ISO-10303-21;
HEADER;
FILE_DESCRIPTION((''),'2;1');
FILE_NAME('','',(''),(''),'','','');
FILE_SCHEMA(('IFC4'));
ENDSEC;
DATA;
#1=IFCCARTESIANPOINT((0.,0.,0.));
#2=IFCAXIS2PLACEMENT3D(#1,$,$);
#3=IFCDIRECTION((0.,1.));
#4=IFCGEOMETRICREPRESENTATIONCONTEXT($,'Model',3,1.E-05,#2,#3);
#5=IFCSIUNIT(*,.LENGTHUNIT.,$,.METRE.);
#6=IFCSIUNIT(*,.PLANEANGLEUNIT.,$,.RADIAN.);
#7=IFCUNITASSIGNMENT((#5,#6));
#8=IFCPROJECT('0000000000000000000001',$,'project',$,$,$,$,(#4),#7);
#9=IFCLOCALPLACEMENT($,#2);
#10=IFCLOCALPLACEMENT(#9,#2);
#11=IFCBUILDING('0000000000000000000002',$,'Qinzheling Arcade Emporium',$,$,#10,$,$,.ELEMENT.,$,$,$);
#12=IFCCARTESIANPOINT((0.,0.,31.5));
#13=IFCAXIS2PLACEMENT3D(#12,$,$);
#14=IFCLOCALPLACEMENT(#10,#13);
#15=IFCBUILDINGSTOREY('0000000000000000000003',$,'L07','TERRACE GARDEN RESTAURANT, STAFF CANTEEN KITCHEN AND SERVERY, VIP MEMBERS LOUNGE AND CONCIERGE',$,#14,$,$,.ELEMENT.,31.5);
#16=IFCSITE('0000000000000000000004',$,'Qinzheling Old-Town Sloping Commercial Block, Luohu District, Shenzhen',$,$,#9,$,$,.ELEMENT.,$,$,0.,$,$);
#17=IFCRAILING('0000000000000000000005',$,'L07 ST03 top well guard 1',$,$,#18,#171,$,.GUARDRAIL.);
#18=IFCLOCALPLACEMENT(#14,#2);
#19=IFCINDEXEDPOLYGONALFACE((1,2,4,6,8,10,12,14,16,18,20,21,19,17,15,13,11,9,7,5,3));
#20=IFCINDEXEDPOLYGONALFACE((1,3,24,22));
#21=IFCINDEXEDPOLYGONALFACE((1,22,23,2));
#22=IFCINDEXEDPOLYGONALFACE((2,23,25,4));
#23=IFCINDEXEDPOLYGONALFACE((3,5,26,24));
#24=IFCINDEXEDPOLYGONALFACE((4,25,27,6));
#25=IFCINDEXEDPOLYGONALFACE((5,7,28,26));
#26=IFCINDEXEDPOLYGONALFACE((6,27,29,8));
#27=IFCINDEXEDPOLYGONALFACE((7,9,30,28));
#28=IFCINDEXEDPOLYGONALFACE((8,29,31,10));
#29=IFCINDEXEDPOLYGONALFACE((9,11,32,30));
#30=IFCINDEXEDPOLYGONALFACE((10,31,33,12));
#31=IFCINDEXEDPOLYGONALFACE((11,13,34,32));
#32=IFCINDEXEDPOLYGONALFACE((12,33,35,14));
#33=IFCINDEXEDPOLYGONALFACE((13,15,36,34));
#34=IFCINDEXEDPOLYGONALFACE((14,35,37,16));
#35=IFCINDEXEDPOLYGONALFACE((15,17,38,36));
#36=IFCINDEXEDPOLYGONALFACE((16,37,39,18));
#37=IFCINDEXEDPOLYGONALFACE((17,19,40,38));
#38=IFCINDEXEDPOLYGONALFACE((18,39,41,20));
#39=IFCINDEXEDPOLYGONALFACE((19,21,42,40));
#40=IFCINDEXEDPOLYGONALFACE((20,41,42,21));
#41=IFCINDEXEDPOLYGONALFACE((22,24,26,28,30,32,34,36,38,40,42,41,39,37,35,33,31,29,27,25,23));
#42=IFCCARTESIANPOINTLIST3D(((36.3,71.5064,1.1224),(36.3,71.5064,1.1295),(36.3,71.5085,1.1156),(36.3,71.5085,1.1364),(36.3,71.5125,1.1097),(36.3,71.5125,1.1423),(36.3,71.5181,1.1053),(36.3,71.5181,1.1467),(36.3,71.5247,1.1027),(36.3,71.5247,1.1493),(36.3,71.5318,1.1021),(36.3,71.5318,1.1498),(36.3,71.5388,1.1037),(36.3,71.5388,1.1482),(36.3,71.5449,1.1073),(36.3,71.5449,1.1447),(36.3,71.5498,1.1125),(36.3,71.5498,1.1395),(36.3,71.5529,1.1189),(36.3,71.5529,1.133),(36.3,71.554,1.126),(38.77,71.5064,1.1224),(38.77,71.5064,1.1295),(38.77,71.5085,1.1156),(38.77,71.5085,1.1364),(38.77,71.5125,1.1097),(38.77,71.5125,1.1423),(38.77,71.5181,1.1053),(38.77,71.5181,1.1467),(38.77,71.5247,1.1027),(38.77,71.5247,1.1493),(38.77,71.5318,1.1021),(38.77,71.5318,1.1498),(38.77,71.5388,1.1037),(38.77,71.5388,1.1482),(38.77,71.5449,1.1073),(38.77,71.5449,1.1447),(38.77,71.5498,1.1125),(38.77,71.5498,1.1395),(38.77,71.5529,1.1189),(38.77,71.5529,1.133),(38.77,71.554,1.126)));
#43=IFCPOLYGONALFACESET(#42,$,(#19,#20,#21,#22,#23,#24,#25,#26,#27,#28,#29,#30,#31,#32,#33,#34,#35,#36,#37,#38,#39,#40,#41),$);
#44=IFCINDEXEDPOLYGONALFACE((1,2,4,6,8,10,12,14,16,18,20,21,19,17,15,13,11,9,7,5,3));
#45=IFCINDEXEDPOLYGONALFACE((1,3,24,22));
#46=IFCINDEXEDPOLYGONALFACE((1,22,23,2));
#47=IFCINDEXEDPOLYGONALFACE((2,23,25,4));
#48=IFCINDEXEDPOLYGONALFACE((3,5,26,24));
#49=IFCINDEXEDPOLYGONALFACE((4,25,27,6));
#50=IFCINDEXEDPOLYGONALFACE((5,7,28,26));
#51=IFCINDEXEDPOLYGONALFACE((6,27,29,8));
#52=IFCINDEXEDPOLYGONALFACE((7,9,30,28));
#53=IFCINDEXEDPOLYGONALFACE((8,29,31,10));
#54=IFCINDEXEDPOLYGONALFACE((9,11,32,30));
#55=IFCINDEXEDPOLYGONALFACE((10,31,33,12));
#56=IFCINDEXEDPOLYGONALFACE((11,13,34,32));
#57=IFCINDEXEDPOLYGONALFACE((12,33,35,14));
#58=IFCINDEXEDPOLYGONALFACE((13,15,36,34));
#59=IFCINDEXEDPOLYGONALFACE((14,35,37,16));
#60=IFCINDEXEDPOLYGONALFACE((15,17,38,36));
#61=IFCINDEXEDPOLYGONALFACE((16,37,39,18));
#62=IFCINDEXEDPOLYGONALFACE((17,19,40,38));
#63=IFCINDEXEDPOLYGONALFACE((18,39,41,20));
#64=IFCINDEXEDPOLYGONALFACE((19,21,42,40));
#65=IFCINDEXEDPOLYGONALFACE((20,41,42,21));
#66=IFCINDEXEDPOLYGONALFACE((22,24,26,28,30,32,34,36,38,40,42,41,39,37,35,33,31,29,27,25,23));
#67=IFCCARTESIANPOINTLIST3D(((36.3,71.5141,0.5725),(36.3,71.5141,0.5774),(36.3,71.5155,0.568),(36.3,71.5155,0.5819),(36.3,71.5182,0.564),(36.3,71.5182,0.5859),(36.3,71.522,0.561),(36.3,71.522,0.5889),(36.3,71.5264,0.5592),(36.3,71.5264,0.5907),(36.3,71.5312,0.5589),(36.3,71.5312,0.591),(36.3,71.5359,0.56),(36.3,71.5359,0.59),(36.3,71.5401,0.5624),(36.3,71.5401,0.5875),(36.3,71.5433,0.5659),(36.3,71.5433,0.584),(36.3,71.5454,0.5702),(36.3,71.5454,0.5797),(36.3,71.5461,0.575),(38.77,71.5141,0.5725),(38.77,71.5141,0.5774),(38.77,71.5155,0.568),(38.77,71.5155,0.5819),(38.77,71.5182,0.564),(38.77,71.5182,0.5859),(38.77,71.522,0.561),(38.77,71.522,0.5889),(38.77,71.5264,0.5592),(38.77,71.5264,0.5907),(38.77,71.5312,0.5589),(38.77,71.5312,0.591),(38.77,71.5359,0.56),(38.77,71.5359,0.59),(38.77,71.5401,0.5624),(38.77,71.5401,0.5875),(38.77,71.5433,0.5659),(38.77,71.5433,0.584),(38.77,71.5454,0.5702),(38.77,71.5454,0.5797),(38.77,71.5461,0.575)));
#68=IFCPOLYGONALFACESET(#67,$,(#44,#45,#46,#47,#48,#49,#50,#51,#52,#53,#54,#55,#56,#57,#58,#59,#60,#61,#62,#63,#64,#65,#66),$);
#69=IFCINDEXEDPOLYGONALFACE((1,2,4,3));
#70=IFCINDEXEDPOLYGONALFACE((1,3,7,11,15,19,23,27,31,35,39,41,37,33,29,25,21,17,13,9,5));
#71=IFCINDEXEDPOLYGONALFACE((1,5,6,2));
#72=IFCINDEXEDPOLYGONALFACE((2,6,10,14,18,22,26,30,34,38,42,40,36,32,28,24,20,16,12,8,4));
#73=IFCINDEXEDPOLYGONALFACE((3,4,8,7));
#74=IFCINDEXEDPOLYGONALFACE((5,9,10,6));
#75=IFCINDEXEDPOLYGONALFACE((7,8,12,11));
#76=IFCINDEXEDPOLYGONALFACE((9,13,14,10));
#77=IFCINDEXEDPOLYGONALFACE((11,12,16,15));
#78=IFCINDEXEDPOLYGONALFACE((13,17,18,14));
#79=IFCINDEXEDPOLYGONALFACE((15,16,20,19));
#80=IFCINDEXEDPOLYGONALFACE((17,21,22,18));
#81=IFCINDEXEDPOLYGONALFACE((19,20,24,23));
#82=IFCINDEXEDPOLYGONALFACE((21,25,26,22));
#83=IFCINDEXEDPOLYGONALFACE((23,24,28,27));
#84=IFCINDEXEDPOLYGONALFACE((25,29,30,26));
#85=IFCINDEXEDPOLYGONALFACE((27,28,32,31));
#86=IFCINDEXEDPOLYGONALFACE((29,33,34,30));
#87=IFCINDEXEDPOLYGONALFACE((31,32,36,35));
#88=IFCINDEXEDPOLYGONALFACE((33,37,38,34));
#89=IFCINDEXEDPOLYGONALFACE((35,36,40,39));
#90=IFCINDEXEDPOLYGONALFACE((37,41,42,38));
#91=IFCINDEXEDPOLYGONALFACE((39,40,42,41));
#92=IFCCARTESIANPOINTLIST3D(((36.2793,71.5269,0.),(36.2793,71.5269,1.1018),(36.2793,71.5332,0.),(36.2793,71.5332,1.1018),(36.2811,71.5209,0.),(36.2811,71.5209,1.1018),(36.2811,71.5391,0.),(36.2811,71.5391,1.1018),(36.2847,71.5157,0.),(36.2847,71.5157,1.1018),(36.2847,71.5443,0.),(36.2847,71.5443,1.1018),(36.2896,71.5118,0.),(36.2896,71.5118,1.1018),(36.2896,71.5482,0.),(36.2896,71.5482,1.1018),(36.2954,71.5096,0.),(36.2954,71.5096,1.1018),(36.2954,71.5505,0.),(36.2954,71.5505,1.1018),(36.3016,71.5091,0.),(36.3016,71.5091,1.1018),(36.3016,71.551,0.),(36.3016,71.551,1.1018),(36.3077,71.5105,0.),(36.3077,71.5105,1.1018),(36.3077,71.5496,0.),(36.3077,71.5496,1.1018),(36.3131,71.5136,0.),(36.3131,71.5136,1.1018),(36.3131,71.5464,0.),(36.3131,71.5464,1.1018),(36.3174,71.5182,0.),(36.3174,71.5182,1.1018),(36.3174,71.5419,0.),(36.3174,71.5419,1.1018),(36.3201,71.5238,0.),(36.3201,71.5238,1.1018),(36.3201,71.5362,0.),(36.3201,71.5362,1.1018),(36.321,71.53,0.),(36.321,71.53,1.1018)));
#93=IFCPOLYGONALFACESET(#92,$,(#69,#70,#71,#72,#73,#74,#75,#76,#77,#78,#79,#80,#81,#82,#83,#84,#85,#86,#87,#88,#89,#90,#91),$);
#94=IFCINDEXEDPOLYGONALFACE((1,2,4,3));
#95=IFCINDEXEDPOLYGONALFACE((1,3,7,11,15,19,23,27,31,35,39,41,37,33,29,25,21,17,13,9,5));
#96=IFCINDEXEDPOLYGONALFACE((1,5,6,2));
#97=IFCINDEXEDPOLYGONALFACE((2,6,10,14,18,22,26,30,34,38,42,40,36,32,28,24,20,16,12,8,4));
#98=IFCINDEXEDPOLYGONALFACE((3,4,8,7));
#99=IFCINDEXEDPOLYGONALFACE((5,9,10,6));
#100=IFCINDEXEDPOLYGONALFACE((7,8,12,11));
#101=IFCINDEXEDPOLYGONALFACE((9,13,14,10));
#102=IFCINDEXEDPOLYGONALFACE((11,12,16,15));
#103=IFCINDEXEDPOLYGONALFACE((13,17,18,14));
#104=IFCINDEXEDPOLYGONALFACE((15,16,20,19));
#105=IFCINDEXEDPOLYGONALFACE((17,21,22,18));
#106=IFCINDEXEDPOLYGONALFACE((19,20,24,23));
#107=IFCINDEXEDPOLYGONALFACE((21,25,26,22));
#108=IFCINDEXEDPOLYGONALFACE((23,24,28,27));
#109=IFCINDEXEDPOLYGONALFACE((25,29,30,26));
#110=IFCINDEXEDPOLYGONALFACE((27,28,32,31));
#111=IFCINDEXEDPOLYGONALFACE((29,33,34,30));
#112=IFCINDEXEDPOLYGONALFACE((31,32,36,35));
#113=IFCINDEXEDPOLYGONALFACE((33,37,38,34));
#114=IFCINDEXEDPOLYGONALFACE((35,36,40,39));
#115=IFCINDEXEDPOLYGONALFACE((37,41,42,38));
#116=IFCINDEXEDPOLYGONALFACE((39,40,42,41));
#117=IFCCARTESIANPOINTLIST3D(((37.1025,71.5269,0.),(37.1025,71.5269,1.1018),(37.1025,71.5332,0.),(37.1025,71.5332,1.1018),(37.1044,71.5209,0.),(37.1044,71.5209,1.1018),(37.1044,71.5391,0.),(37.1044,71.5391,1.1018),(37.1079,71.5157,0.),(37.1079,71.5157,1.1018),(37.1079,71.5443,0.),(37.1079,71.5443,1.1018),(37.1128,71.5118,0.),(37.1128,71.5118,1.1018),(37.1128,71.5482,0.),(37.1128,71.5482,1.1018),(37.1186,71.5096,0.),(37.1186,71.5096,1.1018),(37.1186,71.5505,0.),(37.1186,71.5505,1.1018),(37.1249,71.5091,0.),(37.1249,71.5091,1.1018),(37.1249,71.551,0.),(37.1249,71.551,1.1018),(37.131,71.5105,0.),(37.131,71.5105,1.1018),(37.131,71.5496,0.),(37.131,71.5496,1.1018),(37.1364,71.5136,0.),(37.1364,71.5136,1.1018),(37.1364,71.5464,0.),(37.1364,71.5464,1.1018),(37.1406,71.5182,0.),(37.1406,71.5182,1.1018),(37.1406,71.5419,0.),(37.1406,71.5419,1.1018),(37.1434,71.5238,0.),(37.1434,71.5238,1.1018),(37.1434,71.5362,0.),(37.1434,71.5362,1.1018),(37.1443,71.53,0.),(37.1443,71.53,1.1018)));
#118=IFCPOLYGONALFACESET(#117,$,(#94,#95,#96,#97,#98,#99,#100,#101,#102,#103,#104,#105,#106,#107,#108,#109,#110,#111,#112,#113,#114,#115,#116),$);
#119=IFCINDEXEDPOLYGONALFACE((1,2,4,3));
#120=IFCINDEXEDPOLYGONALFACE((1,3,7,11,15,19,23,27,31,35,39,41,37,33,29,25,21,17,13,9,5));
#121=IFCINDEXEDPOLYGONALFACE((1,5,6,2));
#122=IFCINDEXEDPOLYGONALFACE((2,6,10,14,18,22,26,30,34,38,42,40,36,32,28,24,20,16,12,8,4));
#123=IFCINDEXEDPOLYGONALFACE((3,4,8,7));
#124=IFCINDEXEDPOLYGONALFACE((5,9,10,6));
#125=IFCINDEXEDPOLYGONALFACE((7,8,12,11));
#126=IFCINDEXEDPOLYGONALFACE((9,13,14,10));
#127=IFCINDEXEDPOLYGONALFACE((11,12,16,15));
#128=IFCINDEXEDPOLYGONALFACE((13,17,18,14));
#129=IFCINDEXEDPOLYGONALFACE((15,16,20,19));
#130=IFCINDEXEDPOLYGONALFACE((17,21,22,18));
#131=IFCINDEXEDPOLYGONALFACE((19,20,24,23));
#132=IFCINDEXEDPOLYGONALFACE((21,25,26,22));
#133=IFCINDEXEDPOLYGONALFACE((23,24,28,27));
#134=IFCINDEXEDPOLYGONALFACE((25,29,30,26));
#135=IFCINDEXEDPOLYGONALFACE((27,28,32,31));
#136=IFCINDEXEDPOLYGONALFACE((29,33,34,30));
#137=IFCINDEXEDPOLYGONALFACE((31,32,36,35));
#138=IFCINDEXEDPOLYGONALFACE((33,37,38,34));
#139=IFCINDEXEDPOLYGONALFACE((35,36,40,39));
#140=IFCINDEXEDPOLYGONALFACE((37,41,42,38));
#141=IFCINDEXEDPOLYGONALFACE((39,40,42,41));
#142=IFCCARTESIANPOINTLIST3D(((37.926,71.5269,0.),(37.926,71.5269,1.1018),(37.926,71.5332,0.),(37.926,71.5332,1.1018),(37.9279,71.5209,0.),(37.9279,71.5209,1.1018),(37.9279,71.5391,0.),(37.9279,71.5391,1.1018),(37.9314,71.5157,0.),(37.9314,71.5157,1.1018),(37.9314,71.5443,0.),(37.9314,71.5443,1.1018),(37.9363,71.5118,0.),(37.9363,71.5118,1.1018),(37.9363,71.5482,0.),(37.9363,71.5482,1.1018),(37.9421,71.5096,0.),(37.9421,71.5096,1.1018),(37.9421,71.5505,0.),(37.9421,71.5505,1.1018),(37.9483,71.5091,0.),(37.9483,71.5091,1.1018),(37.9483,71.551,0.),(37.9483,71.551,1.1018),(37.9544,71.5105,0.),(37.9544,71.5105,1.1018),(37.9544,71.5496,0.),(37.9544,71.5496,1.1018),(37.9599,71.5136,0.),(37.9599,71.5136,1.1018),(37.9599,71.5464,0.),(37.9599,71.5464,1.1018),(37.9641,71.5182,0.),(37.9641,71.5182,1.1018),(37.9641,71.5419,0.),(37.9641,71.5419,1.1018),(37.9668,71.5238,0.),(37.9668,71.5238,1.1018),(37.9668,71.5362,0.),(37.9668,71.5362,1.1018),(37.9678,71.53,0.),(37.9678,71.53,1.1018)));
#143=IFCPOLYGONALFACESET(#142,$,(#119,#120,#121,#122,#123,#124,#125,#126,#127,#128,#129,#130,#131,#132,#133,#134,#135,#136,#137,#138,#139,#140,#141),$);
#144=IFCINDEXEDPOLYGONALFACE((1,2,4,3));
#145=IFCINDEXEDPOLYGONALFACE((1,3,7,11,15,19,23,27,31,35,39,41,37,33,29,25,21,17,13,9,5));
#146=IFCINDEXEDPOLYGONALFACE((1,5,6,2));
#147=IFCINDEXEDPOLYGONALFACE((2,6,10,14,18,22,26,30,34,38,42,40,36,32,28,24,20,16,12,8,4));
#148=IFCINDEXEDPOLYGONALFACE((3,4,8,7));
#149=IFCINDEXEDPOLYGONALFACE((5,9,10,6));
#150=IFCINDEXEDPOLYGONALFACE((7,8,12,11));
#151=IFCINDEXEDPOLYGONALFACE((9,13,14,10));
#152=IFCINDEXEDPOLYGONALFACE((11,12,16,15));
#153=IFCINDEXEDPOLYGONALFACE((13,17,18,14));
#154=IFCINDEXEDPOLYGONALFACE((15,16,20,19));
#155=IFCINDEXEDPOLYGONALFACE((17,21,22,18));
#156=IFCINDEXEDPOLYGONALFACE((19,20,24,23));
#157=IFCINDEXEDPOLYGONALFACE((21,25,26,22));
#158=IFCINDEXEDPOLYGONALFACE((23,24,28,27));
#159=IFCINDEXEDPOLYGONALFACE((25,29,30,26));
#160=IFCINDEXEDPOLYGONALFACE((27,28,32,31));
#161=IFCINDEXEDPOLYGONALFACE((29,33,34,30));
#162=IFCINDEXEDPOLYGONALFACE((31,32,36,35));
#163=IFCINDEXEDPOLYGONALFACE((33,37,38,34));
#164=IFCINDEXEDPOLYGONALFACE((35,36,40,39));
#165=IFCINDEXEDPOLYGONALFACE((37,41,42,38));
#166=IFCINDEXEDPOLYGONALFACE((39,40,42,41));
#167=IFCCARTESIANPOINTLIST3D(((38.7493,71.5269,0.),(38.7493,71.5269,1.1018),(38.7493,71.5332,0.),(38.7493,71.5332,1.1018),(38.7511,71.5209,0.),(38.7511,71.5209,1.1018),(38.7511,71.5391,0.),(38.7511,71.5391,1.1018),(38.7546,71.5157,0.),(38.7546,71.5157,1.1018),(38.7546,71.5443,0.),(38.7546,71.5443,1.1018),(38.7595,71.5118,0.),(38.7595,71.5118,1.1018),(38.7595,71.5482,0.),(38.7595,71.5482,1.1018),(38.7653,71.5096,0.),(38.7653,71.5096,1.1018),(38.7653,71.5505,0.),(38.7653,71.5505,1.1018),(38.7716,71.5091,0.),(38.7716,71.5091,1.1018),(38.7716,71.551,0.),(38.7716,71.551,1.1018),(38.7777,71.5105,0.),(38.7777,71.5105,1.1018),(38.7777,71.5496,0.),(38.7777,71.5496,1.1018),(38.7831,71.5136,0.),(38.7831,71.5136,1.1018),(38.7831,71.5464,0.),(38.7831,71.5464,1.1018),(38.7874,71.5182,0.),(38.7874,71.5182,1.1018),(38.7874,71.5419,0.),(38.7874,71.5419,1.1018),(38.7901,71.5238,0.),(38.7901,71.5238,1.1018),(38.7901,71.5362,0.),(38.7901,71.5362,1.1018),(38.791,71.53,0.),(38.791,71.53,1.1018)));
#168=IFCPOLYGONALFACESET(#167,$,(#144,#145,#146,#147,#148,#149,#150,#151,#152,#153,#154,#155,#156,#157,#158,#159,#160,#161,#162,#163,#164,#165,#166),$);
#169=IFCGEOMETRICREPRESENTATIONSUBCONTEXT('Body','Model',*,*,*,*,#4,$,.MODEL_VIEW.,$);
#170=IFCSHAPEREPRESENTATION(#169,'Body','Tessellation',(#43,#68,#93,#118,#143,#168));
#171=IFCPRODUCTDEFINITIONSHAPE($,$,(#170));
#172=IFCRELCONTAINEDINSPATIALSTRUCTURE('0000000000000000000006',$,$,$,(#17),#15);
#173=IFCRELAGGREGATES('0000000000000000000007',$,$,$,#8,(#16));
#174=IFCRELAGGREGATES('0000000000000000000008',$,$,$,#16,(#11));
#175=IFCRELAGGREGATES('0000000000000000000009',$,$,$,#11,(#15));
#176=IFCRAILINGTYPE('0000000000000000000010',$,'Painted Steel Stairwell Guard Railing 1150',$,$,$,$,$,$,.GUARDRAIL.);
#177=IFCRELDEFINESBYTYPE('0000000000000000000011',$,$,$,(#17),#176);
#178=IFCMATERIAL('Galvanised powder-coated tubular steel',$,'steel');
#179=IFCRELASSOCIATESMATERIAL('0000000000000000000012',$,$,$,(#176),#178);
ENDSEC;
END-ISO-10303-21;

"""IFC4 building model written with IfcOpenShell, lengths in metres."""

from ifc_helpers import new_model, si_unit, direction, frame, origin, origin_2d, place, context, subcontext, project, spatial, circle, extrude, material, type_object, element, save


model = new_model("IFC4")

# Units and contexts
model_context = context("Model", 3, precision=1e-05, world=origin(), true_north=direction((0.0, 1.0)))
body_context = subcontext(model_context, "Body", "Model", "MODEL_VIEW")
ifc_project = project(units=[si_unit("LENGTHUNIT", "METRE"), si_unit("PLANEANGLEUNIT", "RADIAN")], contexts=[model_context])

# Site, building, storey
site_placement = place(None, origin())
site = spatial("IfcSite", under=ifc_project, at=site_placement, Name="Qinzheling Old-Town Sloping Commercial Block, Luohu District, Shenzhen", CompositionType="ELEMENT", RefElevation=0.0)
building_placement = place(site_placement, origin())
building = spatial("IfcBuilding", under=site, at=building_placement, Name="Qinzheling Arcade Emporium", CompositionType="ELEMENT")
storey_placement = place(building_placement, frame((0.0, 0.0, 31.5)))
storey = spatial("IfcBuildingStorey", under=building, at=storey_placement, Name="L07", Description="TERRACE GARDEN RESTAURANT, STAFF CANTEEN KITCHEN AND SERVERY, VIP MEMBERS LOUNGE AND CONCIERGE", CompositionType="ELEMENT", Elevation=31.5)

# Railing
ifc_material_1 = material(Name="Galvanised powder-coated tubular steel", Category="steel")
railing_type = type_object("IfcRailingType", Name="Painted Steel Stairwell Guard Railing 1150", PredefinedType="GUARDRAIL", material=ifc_material_1)
railing_placement = place(storey_placement, frame((36.3, 71.53, 0.0)))
element("IfcRailing", 1, at=railing_placement, inside=storey, type_object=railing_type, Name="L07 ST03 top well guard 1", PredefinedType="GUARDRAIL", context=body_context, shape_type="SweptSolid", body=[
    extrude(circle(Radius=0.0239, at=origin_2d()), frame((0.0, 0.0, 1.126), z_axis=(1.0, 0.0, 0.0), x_axis=(0.0, 1.0, 0.0)), (0.0, 0.0, 1.0), 2.47),
    extrude(circle(Radius=0.0161, at=origin_2d()), frame((0.0, 0.0, 0.575), z_axis=(1.0, 0.0, 0.0), x_axis=(0.0, 1.0, 0.0)), (0.0, 0.0, 1.0), 2.47),
    extrude(circle(Radius=0.021, at=origin_2d()), origin(), (0.0, 0.0, 1.0), 1.1018),
    extrude(circle(Radius=0.021, at=origin_2d()), frame((0.8232, 0.0, 0.0)), (0.0, 0.0, 1.0), 1.1018),
    extrude(circle(Radius=0.021, at=origin_2d()), frame((1.6467, 0.0, 0.0)), (0.0, 0.0, 1.0), 1.1018),
    extrude(circle(Radius=0.021, at=origin_2d()), frame((2.47, 0.0, 0.0)), (0.0, 0.0, 1.0), 1.1018),
])

save(model, "model.ifc")
